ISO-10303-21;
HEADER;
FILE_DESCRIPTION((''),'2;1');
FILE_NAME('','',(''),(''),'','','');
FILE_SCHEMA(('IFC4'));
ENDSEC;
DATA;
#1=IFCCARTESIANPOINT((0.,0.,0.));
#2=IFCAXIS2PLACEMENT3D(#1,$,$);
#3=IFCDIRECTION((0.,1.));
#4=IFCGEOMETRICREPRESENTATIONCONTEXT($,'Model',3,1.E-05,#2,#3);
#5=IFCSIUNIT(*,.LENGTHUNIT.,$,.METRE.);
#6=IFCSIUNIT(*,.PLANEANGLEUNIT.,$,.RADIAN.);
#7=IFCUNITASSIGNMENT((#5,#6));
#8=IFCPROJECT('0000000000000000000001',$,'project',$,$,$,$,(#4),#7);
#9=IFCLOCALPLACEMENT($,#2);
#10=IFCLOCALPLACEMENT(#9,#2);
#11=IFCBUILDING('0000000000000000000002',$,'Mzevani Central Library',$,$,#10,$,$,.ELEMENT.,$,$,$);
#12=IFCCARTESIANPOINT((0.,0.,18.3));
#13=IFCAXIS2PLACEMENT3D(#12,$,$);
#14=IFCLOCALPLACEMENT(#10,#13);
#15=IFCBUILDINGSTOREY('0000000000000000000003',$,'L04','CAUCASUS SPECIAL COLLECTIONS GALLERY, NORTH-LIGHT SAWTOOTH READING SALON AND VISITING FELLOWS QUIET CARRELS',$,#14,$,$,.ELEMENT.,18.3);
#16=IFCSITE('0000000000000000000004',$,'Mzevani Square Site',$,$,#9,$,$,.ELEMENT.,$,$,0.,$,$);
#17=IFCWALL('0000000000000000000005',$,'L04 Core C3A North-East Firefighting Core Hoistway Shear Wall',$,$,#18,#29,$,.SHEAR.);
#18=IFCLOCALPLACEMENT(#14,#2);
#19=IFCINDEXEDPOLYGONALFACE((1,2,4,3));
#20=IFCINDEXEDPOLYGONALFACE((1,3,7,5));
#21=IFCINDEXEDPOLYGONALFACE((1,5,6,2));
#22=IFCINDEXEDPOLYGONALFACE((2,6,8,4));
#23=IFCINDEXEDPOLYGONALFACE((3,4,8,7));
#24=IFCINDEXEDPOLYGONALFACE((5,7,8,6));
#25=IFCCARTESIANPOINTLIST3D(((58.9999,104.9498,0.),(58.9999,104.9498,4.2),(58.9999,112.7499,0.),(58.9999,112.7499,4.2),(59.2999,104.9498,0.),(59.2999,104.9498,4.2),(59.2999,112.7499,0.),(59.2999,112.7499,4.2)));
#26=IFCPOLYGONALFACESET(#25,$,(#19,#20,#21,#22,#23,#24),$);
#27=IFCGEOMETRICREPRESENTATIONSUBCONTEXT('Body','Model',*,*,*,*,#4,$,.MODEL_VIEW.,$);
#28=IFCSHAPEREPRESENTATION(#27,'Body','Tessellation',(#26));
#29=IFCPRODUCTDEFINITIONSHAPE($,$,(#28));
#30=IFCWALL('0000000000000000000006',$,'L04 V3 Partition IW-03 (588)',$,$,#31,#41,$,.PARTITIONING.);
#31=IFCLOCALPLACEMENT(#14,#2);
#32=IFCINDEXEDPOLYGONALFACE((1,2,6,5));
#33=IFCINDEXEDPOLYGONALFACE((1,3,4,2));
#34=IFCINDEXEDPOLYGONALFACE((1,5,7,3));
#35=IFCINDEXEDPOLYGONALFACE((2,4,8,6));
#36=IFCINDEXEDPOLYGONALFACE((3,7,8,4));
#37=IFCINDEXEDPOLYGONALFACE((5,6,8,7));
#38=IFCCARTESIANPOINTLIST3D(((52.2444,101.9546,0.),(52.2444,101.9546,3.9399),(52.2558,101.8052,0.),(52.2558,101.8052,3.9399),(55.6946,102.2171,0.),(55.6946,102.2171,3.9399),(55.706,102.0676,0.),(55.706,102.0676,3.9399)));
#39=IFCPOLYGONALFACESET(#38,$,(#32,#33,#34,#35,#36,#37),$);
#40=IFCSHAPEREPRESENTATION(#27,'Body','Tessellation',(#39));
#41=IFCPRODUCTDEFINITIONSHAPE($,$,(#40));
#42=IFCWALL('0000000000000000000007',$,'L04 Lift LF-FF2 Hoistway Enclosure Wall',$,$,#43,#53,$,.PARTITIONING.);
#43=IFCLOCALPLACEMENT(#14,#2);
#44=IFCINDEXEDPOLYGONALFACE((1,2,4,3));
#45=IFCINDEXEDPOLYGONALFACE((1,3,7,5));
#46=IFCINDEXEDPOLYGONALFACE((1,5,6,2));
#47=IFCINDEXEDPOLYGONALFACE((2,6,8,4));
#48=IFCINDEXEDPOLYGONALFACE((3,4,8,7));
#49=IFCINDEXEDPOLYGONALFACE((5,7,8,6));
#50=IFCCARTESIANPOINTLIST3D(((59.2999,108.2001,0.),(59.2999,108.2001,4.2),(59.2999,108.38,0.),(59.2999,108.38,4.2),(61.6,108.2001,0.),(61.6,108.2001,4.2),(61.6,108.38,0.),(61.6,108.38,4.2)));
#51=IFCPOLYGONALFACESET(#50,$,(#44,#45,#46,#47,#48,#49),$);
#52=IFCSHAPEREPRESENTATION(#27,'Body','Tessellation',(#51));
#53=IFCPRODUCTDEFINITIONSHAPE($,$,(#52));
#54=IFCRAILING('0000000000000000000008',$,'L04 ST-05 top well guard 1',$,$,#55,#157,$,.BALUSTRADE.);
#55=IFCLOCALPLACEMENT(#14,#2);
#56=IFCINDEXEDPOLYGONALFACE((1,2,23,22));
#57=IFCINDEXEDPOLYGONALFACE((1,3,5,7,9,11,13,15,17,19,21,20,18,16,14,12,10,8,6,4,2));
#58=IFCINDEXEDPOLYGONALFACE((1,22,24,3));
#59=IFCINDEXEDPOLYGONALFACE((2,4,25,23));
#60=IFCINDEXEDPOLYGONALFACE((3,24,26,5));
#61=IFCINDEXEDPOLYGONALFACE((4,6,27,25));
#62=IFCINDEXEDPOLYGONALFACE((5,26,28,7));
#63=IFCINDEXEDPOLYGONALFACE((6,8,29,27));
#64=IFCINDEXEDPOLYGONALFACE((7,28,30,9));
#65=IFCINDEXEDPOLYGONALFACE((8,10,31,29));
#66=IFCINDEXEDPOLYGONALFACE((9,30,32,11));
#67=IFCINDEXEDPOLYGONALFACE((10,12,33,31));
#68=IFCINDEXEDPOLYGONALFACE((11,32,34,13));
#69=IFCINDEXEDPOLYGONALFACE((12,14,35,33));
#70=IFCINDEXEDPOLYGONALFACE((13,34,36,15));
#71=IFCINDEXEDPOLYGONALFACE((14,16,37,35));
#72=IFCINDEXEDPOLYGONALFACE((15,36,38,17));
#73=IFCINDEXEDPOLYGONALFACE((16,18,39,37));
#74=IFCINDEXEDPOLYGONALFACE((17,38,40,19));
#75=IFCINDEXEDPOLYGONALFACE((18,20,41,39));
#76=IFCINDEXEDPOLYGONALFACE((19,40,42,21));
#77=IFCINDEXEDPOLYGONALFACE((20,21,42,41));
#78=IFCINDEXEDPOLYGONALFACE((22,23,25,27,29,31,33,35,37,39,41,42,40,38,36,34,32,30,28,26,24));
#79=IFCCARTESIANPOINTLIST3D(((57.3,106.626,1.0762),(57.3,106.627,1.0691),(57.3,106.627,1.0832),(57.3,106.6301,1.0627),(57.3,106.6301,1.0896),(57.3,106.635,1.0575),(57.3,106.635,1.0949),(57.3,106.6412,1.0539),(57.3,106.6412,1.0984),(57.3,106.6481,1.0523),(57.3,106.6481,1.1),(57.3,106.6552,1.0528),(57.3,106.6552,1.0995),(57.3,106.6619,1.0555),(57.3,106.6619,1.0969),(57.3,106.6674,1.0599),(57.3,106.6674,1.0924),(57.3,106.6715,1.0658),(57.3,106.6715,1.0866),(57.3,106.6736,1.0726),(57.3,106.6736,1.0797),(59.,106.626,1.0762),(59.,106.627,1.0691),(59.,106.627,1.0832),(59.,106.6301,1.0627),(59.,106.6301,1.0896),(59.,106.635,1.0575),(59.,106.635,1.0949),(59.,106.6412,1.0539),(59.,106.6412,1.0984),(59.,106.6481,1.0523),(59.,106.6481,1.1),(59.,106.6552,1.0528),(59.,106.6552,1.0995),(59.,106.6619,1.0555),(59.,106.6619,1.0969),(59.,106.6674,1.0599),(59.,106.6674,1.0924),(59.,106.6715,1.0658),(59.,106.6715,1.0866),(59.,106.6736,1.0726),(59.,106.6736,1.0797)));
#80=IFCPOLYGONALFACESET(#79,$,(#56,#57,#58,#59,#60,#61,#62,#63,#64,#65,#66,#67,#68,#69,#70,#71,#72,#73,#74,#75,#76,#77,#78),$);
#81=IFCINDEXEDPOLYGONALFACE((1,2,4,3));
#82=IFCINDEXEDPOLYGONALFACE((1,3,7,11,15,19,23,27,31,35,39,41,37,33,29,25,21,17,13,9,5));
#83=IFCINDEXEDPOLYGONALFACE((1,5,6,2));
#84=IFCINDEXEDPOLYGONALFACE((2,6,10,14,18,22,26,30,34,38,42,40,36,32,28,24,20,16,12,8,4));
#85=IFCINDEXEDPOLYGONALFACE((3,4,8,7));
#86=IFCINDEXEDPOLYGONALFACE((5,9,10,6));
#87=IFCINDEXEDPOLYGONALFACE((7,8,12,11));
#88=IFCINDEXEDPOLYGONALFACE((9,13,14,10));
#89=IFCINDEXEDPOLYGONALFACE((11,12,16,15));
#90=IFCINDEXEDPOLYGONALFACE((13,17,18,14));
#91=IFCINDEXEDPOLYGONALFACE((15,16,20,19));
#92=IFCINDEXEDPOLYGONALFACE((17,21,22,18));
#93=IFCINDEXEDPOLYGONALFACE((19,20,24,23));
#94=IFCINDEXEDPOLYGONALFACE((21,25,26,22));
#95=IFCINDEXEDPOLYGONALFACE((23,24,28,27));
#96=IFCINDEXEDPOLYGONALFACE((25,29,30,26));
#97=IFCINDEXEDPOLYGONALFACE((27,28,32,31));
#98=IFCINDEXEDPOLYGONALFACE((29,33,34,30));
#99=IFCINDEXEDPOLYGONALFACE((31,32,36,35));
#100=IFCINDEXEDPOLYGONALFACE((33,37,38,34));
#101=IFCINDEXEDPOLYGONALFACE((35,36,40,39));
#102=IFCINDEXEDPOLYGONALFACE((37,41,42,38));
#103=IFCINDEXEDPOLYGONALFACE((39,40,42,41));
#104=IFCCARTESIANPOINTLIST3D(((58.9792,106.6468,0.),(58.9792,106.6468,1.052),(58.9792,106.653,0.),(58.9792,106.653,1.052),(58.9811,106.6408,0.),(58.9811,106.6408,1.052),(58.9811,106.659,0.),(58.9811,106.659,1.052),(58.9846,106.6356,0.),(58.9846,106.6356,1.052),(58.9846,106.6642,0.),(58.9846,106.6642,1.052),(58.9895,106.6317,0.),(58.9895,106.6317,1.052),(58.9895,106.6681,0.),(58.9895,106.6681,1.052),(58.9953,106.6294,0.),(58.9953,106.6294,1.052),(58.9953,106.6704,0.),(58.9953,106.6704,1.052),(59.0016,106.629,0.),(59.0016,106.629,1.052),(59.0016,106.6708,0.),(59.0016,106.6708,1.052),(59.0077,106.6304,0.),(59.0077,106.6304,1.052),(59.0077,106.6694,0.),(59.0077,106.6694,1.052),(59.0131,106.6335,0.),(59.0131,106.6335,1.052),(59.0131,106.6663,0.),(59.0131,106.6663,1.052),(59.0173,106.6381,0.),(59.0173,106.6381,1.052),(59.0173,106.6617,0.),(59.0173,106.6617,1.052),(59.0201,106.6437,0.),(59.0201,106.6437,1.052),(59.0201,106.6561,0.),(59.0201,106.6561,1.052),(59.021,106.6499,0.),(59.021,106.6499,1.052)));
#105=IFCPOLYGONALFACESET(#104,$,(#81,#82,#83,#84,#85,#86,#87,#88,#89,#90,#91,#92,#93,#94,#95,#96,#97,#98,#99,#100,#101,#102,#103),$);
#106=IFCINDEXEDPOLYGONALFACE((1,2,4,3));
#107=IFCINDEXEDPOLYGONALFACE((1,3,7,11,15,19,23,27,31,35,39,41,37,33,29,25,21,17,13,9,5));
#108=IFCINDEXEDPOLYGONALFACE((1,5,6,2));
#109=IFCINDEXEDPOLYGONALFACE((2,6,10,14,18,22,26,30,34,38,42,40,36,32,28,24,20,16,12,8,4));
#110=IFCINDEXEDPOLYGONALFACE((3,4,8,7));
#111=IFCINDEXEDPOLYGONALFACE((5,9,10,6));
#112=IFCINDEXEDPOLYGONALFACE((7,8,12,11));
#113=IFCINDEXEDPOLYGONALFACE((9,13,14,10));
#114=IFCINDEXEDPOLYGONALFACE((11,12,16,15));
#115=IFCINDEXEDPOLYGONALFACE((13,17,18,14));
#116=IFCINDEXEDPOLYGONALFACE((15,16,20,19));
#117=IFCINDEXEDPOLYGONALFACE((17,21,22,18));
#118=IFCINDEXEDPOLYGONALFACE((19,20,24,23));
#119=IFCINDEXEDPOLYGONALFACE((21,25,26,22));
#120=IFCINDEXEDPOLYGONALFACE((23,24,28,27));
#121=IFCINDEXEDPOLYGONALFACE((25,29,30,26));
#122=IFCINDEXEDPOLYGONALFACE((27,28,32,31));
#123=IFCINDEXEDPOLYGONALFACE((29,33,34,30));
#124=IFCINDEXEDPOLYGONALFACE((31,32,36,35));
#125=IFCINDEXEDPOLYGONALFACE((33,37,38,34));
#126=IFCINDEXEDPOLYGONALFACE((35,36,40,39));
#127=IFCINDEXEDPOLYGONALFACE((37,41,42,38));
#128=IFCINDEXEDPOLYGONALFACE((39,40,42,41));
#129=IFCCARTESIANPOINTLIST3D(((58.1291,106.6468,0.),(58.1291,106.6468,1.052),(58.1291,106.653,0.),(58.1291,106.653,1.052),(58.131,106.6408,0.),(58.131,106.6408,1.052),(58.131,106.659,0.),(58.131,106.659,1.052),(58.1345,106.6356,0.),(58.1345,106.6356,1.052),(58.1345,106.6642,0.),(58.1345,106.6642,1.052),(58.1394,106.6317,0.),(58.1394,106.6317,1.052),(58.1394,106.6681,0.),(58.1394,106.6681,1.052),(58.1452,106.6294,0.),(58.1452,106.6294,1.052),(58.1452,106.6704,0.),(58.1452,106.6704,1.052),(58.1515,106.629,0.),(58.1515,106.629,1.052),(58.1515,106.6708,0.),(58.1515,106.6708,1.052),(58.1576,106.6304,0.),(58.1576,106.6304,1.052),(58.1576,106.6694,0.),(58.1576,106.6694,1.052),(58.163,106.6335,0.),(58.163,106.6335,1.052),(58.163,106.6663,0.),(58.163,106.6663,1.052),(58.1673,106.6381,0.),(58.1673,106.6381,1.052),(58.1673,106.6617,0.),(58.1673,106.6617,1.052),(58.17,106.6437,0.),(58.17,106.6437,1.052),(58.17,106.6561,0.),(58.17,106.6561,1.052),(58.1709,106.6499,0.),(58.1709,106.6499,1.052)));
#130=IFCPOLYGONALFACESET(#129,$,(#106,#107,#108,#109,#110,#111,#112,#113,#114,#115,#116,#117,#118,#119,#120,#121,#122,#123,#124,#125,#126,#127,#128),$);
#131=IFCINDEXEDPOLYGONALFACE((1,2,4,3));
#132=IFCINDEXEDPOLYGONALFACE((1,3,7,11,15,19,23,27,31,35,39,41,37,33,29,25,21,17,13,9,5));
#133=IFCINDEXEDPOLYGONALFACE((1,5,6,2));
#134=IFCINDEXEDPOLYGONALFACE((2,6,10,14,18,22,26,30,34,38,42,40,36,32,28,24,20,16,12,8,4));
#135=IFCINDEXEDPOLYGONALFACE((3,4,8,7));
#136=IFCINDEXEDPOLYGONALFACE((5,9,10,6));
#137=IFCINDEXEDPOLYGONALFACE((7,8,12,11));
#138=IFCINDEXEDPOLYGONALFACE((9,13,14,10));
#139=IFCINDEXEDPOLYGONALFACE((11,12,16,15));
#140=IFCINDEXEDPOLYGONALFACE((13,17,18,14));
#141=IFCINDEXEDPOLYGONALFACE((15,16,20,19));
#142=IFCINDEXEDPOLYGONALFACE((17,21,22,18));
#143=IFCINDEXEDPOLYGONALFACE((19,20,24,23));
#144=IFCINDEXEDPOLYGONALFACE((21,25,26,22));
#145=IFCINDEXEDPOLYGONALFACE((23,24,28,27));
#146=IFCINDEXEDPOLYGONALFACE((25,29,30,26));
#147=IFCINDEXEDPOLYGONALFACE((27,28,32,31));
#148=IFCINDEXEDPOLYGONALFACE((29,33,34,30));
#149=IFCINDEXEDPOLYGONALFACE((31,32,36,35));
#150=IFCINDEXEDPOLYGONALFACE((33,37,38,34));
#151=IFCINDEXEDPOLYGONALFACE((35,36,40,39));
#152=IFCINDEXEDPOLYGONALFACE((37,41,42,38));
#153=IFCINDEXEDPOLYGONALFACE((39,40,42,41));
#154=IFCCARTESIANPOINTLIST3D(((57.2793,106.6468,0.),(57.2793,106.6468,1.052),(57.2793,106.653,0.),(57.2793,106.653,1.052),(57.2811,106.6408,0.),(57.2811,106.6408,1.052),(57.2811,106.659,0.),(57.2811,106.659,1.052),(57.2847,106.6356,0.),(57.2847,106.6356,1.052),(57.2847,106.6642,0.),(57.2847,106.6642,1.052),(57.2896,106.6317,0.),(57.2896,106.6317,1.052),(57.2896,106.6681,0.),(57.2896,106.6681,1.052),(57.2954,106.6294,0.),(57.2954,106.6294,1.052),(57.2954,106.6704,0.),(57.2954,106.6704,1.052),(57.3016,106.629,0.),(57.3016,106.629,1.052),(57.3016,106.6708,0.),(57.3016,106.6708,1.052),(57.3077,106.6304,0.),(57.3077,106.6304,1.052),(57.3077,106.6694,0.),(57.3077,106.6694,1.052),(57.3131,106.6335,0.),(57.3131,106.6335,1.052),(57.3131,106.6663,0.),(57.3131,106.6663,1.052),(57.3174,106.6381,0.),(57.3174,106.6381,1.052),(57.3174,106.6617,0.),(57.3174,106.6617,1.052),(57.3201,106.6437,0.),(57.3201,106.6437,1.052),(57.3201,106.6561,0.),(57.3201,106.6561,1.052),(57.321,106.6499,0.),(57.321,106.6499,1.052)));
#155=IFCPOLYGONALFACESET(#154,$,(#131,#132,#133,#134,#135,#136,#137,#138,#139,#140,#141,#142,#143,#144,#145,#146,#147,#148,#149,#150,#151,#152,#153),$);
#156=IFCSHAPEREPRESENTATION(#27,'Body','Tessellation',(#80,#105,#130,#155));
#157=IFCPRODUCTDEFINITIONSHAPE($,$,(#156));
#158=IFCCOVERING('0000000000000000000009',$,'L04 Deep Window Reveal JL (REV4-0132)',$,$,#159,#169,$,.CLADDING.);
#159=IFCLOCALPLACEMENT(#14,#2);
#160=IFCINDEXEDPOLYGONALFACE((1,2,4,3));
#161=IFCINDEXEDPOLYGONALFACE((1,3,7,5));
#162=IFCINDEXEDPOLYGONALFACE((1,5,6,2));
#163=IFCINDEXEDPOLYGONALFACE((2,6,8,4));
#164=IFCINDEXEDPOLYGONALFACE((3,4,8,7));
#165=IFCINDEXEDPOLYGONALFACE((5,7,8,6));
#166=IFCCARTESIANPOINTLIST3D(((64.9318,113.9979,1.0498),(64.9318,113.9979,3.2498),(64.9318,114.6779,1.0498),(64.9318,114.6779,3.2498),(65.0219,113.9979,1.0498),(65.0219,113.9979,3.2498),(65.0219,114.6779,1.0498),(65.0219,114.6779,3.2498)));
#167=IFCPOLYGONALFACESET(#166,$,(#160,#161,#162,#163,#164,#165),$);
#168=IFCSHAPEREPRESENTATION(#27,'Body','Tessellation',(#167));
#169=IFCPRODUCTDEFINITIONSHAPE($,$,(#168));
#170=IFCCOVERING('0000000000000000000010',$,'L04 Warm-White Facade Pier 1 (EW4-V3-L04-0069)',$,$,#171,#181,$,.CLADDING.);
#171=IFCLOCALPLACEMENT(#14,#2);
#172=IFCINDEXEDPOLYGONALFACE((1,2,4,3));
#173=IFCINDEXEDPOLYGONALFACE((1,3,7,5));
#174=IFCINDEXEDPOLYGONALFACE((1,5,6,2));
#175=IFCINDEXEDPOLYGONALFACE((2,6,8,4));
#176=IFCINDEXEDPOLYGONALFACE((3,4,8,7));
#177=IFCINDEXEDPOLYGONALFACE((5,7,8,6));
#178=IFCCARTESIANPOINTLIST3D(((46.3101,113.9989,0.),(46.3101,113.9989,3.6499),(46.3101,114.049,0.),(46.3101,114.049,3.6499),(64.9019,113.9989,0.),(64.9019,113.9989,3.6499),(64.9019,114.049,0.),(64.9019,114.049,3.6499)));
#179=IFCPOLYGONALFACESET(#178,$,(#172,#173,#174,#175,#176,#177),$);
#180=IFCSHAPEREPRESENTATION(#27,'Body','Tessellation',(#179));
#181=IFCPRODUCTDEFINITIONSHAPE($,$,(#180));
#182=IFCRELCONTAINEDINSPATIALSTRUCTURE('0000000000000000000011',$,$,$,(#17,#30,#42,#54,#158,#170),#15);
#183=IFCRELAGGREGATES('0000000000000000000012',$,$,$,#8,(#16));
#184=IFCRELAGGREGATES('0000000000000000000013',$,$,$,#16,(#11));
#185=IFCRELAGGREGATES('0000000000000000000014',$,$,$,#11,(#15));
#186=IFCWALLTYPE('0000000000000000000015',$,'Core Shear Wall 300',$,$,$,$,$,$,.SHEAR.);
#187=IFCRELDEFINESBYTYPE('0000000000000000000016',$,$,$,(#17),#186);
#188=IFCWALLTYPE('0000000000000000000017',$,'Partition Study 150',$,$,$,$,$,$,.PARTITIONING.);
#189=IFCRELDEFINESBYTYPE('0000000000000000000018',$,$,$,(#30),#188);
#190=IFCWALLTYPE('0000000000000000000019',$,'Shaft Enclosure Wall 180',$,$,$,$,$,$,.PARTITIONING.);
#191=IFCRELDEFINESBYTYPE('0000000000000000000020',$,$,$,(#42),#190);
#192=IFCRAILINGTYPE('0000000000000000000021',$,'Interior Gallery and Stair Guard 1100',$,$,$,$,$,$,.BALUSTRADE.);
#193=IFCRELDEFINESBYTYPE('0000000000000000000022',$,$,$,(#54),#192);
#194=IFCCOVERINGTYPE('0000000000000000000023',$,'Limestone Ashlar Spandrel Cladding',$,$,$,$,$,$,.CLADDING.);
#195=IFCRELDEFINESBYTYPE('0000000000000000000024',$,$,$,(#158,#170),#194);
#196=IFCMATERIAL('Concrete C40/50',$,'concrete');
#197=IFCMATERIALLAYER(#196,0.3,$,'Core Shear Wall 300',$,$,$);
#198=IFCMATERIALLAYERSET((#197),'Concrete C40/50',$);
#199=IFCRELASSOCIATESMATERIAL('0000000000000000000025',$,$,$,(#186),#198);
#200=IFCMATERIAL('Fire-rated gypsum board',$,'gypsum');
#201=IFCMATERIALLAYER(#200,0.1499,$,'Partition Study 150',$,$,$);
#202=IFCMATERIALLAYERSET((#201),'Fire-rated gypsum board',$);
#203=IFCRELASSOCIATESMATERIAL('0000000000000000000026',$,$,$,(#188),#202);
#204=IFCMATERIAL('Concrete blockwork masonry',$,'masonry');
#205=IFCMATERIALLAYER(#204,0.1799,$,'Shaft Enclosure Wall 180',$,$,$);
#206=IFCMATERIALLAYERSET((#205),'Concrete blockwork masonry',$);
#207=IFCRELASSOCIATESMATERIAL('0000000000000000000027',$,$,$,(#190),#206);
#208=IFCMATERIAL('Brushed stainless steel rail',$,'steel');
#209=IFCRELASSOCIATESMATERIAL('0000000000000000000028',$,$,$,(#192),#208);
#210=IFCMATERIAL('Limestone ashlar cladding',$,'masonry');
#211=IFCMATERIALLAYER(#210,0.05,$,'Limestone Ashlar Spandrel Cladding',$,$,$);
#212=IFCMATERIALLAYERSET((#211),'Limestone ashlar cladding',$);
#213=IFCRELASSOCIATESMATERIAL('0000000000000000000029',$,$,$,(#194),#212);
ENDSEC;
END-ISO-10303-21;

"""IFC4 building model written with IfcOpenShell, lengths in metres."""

from ifc_helpers import new_model, si_unit, direction, frame, frame_2d, origin, origin_2d, place, context, subcontext, project, spatial, rectangle, circle, extrude, material, layer, layer_set, type_object, element, save


model = new_model("IFC4")

# Units and contexts
model_context = context("Model", 3, precision=1e-05, world=origin(), true_north=direction((0.0, 1.0)))
body_context = subcontext(model_context, "Body", "Model", "MODEL_VIEW")
ifc_project = project(units=[si_unit("LENGTHUNIT", "METRE"), si_unit("PLANEANGLEUNIT", "RADIAN")], contexts=[model_context])

# Site, building, storey
site_placement = place(None, origin())
site = spatial("IfcSite", under=ifc_project, at=site_placement, Name="Mzevani Square Site", CompositionType="ELEMENT", RefElevation=0.0)
building_placement = place(site_placement, origin())
building = spatial("IfcBuilding", under=site, at=building_placement, Name="Mzevani Central Library", CompositionType="ELEMENT")
storey_placement = place(building_placement, frame((0.0, 0.0, 18.3)))
storey = spatial("IfcBuildingStorey", under=building, at=storey_placement, Name="L04", Description="CAUCASUS SPECIAL COLLECTIONS GALLERY, NORTH-LIGHT SAWTOOTH READING SALON AND VISITING FELLOWS QUIET CARRELS", CompositionType="ELEMENT", Elevation=18.3)

# Shared definitions
ifc_material_1 = material(Name="Concrete C40/50", Category="concrete")

# Shared definitions
ifc_layer_1 = layer(ifc_material_1, 0.3, Name="Core Shear Wall 300")
ifc_layer_set_1 = layer_set([ifc_layer_1], Name="Concrete C40/50")
wall_type_1 = type_object("IfcWallType", Name="Core Shear Wall 300", PredefinedType="SHEAR", material=ifc_layer_set_1)

# Walls
wall_1_placement = place(storey_placement, frame((59.1499, 104.95, 0.0), z_axis=(0.0, 0.0, 1.0), x_axis=(0.0, 1.0, 0.0)))
element("IfcWall", 1, at=wall_1_placement, inside=storey, type_object=wall_type_1, Name="L04 Core C3A North-East Firefighting Core Hoistway Shear Wall", PredefinedType="SHEAR", context=body_context, shape_type="SweptSolid", body=[
    extrude(rectangle(XDim=7.8, YDim=0.3, at=frame_2d((3.8999, 0.0))), origin(), (0.0, 0.0, 1.0), 4.2),
])
ifc_material_2 = material(Name="Fire-rated gypsum board", Category="gypsum")
ifc_layer_2 = layer(ifc_material_2, 0.1499, Name="Partition Study 150")
ifc_layer_set_2 = layer_set([ifc_layer_2], Name="Fire-rated gypsum board")
wall_type_2 = type_object("IfcWallType", Name="Partition Study 150", PredefinedType="PARTITIONING", material=ifc_layer_set_2)
wall_2_placement = place(storey_placement, frame((55.7002, 102.1423, 0.0), z_axis=(0.0, 0.0, 1.0), x_axis=(-0.997119, -0.075849, 0.0)))
element("IfcWall", 2, at=wall_2_placement, inside=storey, type_object=wall_type_2, Name="L04 V3 Partition IW-03 (588)", PredefinedType="PARTITIONING", context=body_context, shape_type="SweptSolid", body=[
    extrude(rectangle(XDim=3.4602, YDim=0.1499, at=frame_2d((1.73, 0.0))), origin(), (0.0, 0.0, 1.0), 3.9399),
])
ifc_material_3 = material(Name="Concrete blockwork masonry", Category="masonry")
ifc_layer_3 = layer(ifc_material_3, 0.1799, Name="Shaft Enclosure Wall 180")
ifc_layer_set_3 = layer_set([ifc_layer_3], Name="Concrete blockwork masonry")
wall_type_3 = type_object("IfcWallType", Name="Shaft Enclosure Wall 180", PredefinedType="PARTITIONING", material=ifc_layer_set_3)
wall_3_placement = place(storey_placement, frame((59.3, 108.29, 0.0), z_axis=(0.0, 0.0, 1.0), x_axis=(1.0, 0.0, 0.0)))
element("IfcWall", 3, at=wall_3_placement, inside=storey, type_object=wall_type_3, Name="L04 Lift LF-FF2 Hoistway Enclosure Wall", PredefinedType="PARTITIONING", context=body_context, shape_type="SweptSolid", body=[
    extrude(rectangle(XDim=2.3, YDim=0.1799, at=frame_2d((1.1499, 0.0))), origin(), (0.0, 0.0, 1.0), 4.2),
])

# Railing
ifc_material_4 = material(Name="Brushed stainless steel rail", Category="steel")
railing_type = type_object("IfcRailingType", Name="Interior Gallery and Stair Guard 1100", PredefinedType="BALUSTRADE", material=ifc_material_4)
railing_placement = place(storey_placement, frame((59.0, 106.6499, 0.0)))
element("IfcRailing", 4, at=railing_placement, inside=storey, type_object=railing_type, Name="L04 ST-05 top well guard 1", PredefinedType="BALUSTRADE", context=body_context, shape_type="SweptSolid", body=[
    extrude(circle(Radius=0.0239, at=origin_2d()), frame((0.0, 0.0, 1.0762), z_axis=(-1.0, 0.0, 0.0), x_axis=(0.0, -1.0, 0.0)), (0.0, 0.0, 1.0), 1.7),
    extrude(circle(Radius=0.021, at=origin_2d()), origin(), (0.0, 0.0, 1.0), 1.052),
    extrude(circle(Radius=0.021, at=origin_2d()), frame((-0.8501, 0.0, 0.0)), (0.0, 0.0, 1.0), 1.052),
    extrude(circle(Radius=0.021, at=origin_2d()), frame((-1.7, 0.0, 0.0)), (0.0, 0.0, 1.0), 1.052),
])

# Coverings
ifc_material_5 = material(Name="Limestone ashlar cladding", Category="masonry")
ifc_layer_4 = layer(ifc_material_5, 0.05, Name="Limestone Ashlar Spandrel Cladding")
ifc_layer_set_4 = layer_set([ifc_layer_4], Name="Limestone ashlar cladding")
covering_type = type_object("IfcCoveringType", Name="Limestone Ashlar Spandrel Cladding", PredefinedType="CLADDING", material=ifc_layer_set_4)
covering_1_placement = place(storey_placement, frame((64.9768, 114.3379, 1.0498), z_axis=(0.0, 0.0, 1.0), x_axis=(1.0, 0.0, 0.0)))
element("IfcCovering", 5, at=covering_1_placement, inside=storey, type_object=covering_type, Name="L04 Deep Window Reveal JL (REV4-0132)", PredefinedType="CLADDING", context=body_context, shape_type="SweptSolid", body=[
    extrude(rectangle(XDim=0.0901, YDim=0.6799, at=origin_2d()), origin(), (0.0, 0.0, 1.0), 2.2),
])
covering_2_placement = place(storey_placement, frame((55.606, 114.0239, 0.0), z_axis=(0.0, 0.0, 1.0), x_axis=(1.0, 0.0, 0.0)))
element("IfcCovering", 6, at=covering_2_placement, inside=storey, type_object=covering_type, Name="L04 Warm-White Facade Pier 1 (EW4-V3-L04-0069)", PredefinedType="CLADDING", context=body_context, shape_type="SweptSolid", body=[
    extrude(rectangle(XDim=18.5918, YDim=0.05, at=origin_2d()), origin(), (0.0, 0.0, 1.0), 3.6499),
])

save(model, "model.ifc")
